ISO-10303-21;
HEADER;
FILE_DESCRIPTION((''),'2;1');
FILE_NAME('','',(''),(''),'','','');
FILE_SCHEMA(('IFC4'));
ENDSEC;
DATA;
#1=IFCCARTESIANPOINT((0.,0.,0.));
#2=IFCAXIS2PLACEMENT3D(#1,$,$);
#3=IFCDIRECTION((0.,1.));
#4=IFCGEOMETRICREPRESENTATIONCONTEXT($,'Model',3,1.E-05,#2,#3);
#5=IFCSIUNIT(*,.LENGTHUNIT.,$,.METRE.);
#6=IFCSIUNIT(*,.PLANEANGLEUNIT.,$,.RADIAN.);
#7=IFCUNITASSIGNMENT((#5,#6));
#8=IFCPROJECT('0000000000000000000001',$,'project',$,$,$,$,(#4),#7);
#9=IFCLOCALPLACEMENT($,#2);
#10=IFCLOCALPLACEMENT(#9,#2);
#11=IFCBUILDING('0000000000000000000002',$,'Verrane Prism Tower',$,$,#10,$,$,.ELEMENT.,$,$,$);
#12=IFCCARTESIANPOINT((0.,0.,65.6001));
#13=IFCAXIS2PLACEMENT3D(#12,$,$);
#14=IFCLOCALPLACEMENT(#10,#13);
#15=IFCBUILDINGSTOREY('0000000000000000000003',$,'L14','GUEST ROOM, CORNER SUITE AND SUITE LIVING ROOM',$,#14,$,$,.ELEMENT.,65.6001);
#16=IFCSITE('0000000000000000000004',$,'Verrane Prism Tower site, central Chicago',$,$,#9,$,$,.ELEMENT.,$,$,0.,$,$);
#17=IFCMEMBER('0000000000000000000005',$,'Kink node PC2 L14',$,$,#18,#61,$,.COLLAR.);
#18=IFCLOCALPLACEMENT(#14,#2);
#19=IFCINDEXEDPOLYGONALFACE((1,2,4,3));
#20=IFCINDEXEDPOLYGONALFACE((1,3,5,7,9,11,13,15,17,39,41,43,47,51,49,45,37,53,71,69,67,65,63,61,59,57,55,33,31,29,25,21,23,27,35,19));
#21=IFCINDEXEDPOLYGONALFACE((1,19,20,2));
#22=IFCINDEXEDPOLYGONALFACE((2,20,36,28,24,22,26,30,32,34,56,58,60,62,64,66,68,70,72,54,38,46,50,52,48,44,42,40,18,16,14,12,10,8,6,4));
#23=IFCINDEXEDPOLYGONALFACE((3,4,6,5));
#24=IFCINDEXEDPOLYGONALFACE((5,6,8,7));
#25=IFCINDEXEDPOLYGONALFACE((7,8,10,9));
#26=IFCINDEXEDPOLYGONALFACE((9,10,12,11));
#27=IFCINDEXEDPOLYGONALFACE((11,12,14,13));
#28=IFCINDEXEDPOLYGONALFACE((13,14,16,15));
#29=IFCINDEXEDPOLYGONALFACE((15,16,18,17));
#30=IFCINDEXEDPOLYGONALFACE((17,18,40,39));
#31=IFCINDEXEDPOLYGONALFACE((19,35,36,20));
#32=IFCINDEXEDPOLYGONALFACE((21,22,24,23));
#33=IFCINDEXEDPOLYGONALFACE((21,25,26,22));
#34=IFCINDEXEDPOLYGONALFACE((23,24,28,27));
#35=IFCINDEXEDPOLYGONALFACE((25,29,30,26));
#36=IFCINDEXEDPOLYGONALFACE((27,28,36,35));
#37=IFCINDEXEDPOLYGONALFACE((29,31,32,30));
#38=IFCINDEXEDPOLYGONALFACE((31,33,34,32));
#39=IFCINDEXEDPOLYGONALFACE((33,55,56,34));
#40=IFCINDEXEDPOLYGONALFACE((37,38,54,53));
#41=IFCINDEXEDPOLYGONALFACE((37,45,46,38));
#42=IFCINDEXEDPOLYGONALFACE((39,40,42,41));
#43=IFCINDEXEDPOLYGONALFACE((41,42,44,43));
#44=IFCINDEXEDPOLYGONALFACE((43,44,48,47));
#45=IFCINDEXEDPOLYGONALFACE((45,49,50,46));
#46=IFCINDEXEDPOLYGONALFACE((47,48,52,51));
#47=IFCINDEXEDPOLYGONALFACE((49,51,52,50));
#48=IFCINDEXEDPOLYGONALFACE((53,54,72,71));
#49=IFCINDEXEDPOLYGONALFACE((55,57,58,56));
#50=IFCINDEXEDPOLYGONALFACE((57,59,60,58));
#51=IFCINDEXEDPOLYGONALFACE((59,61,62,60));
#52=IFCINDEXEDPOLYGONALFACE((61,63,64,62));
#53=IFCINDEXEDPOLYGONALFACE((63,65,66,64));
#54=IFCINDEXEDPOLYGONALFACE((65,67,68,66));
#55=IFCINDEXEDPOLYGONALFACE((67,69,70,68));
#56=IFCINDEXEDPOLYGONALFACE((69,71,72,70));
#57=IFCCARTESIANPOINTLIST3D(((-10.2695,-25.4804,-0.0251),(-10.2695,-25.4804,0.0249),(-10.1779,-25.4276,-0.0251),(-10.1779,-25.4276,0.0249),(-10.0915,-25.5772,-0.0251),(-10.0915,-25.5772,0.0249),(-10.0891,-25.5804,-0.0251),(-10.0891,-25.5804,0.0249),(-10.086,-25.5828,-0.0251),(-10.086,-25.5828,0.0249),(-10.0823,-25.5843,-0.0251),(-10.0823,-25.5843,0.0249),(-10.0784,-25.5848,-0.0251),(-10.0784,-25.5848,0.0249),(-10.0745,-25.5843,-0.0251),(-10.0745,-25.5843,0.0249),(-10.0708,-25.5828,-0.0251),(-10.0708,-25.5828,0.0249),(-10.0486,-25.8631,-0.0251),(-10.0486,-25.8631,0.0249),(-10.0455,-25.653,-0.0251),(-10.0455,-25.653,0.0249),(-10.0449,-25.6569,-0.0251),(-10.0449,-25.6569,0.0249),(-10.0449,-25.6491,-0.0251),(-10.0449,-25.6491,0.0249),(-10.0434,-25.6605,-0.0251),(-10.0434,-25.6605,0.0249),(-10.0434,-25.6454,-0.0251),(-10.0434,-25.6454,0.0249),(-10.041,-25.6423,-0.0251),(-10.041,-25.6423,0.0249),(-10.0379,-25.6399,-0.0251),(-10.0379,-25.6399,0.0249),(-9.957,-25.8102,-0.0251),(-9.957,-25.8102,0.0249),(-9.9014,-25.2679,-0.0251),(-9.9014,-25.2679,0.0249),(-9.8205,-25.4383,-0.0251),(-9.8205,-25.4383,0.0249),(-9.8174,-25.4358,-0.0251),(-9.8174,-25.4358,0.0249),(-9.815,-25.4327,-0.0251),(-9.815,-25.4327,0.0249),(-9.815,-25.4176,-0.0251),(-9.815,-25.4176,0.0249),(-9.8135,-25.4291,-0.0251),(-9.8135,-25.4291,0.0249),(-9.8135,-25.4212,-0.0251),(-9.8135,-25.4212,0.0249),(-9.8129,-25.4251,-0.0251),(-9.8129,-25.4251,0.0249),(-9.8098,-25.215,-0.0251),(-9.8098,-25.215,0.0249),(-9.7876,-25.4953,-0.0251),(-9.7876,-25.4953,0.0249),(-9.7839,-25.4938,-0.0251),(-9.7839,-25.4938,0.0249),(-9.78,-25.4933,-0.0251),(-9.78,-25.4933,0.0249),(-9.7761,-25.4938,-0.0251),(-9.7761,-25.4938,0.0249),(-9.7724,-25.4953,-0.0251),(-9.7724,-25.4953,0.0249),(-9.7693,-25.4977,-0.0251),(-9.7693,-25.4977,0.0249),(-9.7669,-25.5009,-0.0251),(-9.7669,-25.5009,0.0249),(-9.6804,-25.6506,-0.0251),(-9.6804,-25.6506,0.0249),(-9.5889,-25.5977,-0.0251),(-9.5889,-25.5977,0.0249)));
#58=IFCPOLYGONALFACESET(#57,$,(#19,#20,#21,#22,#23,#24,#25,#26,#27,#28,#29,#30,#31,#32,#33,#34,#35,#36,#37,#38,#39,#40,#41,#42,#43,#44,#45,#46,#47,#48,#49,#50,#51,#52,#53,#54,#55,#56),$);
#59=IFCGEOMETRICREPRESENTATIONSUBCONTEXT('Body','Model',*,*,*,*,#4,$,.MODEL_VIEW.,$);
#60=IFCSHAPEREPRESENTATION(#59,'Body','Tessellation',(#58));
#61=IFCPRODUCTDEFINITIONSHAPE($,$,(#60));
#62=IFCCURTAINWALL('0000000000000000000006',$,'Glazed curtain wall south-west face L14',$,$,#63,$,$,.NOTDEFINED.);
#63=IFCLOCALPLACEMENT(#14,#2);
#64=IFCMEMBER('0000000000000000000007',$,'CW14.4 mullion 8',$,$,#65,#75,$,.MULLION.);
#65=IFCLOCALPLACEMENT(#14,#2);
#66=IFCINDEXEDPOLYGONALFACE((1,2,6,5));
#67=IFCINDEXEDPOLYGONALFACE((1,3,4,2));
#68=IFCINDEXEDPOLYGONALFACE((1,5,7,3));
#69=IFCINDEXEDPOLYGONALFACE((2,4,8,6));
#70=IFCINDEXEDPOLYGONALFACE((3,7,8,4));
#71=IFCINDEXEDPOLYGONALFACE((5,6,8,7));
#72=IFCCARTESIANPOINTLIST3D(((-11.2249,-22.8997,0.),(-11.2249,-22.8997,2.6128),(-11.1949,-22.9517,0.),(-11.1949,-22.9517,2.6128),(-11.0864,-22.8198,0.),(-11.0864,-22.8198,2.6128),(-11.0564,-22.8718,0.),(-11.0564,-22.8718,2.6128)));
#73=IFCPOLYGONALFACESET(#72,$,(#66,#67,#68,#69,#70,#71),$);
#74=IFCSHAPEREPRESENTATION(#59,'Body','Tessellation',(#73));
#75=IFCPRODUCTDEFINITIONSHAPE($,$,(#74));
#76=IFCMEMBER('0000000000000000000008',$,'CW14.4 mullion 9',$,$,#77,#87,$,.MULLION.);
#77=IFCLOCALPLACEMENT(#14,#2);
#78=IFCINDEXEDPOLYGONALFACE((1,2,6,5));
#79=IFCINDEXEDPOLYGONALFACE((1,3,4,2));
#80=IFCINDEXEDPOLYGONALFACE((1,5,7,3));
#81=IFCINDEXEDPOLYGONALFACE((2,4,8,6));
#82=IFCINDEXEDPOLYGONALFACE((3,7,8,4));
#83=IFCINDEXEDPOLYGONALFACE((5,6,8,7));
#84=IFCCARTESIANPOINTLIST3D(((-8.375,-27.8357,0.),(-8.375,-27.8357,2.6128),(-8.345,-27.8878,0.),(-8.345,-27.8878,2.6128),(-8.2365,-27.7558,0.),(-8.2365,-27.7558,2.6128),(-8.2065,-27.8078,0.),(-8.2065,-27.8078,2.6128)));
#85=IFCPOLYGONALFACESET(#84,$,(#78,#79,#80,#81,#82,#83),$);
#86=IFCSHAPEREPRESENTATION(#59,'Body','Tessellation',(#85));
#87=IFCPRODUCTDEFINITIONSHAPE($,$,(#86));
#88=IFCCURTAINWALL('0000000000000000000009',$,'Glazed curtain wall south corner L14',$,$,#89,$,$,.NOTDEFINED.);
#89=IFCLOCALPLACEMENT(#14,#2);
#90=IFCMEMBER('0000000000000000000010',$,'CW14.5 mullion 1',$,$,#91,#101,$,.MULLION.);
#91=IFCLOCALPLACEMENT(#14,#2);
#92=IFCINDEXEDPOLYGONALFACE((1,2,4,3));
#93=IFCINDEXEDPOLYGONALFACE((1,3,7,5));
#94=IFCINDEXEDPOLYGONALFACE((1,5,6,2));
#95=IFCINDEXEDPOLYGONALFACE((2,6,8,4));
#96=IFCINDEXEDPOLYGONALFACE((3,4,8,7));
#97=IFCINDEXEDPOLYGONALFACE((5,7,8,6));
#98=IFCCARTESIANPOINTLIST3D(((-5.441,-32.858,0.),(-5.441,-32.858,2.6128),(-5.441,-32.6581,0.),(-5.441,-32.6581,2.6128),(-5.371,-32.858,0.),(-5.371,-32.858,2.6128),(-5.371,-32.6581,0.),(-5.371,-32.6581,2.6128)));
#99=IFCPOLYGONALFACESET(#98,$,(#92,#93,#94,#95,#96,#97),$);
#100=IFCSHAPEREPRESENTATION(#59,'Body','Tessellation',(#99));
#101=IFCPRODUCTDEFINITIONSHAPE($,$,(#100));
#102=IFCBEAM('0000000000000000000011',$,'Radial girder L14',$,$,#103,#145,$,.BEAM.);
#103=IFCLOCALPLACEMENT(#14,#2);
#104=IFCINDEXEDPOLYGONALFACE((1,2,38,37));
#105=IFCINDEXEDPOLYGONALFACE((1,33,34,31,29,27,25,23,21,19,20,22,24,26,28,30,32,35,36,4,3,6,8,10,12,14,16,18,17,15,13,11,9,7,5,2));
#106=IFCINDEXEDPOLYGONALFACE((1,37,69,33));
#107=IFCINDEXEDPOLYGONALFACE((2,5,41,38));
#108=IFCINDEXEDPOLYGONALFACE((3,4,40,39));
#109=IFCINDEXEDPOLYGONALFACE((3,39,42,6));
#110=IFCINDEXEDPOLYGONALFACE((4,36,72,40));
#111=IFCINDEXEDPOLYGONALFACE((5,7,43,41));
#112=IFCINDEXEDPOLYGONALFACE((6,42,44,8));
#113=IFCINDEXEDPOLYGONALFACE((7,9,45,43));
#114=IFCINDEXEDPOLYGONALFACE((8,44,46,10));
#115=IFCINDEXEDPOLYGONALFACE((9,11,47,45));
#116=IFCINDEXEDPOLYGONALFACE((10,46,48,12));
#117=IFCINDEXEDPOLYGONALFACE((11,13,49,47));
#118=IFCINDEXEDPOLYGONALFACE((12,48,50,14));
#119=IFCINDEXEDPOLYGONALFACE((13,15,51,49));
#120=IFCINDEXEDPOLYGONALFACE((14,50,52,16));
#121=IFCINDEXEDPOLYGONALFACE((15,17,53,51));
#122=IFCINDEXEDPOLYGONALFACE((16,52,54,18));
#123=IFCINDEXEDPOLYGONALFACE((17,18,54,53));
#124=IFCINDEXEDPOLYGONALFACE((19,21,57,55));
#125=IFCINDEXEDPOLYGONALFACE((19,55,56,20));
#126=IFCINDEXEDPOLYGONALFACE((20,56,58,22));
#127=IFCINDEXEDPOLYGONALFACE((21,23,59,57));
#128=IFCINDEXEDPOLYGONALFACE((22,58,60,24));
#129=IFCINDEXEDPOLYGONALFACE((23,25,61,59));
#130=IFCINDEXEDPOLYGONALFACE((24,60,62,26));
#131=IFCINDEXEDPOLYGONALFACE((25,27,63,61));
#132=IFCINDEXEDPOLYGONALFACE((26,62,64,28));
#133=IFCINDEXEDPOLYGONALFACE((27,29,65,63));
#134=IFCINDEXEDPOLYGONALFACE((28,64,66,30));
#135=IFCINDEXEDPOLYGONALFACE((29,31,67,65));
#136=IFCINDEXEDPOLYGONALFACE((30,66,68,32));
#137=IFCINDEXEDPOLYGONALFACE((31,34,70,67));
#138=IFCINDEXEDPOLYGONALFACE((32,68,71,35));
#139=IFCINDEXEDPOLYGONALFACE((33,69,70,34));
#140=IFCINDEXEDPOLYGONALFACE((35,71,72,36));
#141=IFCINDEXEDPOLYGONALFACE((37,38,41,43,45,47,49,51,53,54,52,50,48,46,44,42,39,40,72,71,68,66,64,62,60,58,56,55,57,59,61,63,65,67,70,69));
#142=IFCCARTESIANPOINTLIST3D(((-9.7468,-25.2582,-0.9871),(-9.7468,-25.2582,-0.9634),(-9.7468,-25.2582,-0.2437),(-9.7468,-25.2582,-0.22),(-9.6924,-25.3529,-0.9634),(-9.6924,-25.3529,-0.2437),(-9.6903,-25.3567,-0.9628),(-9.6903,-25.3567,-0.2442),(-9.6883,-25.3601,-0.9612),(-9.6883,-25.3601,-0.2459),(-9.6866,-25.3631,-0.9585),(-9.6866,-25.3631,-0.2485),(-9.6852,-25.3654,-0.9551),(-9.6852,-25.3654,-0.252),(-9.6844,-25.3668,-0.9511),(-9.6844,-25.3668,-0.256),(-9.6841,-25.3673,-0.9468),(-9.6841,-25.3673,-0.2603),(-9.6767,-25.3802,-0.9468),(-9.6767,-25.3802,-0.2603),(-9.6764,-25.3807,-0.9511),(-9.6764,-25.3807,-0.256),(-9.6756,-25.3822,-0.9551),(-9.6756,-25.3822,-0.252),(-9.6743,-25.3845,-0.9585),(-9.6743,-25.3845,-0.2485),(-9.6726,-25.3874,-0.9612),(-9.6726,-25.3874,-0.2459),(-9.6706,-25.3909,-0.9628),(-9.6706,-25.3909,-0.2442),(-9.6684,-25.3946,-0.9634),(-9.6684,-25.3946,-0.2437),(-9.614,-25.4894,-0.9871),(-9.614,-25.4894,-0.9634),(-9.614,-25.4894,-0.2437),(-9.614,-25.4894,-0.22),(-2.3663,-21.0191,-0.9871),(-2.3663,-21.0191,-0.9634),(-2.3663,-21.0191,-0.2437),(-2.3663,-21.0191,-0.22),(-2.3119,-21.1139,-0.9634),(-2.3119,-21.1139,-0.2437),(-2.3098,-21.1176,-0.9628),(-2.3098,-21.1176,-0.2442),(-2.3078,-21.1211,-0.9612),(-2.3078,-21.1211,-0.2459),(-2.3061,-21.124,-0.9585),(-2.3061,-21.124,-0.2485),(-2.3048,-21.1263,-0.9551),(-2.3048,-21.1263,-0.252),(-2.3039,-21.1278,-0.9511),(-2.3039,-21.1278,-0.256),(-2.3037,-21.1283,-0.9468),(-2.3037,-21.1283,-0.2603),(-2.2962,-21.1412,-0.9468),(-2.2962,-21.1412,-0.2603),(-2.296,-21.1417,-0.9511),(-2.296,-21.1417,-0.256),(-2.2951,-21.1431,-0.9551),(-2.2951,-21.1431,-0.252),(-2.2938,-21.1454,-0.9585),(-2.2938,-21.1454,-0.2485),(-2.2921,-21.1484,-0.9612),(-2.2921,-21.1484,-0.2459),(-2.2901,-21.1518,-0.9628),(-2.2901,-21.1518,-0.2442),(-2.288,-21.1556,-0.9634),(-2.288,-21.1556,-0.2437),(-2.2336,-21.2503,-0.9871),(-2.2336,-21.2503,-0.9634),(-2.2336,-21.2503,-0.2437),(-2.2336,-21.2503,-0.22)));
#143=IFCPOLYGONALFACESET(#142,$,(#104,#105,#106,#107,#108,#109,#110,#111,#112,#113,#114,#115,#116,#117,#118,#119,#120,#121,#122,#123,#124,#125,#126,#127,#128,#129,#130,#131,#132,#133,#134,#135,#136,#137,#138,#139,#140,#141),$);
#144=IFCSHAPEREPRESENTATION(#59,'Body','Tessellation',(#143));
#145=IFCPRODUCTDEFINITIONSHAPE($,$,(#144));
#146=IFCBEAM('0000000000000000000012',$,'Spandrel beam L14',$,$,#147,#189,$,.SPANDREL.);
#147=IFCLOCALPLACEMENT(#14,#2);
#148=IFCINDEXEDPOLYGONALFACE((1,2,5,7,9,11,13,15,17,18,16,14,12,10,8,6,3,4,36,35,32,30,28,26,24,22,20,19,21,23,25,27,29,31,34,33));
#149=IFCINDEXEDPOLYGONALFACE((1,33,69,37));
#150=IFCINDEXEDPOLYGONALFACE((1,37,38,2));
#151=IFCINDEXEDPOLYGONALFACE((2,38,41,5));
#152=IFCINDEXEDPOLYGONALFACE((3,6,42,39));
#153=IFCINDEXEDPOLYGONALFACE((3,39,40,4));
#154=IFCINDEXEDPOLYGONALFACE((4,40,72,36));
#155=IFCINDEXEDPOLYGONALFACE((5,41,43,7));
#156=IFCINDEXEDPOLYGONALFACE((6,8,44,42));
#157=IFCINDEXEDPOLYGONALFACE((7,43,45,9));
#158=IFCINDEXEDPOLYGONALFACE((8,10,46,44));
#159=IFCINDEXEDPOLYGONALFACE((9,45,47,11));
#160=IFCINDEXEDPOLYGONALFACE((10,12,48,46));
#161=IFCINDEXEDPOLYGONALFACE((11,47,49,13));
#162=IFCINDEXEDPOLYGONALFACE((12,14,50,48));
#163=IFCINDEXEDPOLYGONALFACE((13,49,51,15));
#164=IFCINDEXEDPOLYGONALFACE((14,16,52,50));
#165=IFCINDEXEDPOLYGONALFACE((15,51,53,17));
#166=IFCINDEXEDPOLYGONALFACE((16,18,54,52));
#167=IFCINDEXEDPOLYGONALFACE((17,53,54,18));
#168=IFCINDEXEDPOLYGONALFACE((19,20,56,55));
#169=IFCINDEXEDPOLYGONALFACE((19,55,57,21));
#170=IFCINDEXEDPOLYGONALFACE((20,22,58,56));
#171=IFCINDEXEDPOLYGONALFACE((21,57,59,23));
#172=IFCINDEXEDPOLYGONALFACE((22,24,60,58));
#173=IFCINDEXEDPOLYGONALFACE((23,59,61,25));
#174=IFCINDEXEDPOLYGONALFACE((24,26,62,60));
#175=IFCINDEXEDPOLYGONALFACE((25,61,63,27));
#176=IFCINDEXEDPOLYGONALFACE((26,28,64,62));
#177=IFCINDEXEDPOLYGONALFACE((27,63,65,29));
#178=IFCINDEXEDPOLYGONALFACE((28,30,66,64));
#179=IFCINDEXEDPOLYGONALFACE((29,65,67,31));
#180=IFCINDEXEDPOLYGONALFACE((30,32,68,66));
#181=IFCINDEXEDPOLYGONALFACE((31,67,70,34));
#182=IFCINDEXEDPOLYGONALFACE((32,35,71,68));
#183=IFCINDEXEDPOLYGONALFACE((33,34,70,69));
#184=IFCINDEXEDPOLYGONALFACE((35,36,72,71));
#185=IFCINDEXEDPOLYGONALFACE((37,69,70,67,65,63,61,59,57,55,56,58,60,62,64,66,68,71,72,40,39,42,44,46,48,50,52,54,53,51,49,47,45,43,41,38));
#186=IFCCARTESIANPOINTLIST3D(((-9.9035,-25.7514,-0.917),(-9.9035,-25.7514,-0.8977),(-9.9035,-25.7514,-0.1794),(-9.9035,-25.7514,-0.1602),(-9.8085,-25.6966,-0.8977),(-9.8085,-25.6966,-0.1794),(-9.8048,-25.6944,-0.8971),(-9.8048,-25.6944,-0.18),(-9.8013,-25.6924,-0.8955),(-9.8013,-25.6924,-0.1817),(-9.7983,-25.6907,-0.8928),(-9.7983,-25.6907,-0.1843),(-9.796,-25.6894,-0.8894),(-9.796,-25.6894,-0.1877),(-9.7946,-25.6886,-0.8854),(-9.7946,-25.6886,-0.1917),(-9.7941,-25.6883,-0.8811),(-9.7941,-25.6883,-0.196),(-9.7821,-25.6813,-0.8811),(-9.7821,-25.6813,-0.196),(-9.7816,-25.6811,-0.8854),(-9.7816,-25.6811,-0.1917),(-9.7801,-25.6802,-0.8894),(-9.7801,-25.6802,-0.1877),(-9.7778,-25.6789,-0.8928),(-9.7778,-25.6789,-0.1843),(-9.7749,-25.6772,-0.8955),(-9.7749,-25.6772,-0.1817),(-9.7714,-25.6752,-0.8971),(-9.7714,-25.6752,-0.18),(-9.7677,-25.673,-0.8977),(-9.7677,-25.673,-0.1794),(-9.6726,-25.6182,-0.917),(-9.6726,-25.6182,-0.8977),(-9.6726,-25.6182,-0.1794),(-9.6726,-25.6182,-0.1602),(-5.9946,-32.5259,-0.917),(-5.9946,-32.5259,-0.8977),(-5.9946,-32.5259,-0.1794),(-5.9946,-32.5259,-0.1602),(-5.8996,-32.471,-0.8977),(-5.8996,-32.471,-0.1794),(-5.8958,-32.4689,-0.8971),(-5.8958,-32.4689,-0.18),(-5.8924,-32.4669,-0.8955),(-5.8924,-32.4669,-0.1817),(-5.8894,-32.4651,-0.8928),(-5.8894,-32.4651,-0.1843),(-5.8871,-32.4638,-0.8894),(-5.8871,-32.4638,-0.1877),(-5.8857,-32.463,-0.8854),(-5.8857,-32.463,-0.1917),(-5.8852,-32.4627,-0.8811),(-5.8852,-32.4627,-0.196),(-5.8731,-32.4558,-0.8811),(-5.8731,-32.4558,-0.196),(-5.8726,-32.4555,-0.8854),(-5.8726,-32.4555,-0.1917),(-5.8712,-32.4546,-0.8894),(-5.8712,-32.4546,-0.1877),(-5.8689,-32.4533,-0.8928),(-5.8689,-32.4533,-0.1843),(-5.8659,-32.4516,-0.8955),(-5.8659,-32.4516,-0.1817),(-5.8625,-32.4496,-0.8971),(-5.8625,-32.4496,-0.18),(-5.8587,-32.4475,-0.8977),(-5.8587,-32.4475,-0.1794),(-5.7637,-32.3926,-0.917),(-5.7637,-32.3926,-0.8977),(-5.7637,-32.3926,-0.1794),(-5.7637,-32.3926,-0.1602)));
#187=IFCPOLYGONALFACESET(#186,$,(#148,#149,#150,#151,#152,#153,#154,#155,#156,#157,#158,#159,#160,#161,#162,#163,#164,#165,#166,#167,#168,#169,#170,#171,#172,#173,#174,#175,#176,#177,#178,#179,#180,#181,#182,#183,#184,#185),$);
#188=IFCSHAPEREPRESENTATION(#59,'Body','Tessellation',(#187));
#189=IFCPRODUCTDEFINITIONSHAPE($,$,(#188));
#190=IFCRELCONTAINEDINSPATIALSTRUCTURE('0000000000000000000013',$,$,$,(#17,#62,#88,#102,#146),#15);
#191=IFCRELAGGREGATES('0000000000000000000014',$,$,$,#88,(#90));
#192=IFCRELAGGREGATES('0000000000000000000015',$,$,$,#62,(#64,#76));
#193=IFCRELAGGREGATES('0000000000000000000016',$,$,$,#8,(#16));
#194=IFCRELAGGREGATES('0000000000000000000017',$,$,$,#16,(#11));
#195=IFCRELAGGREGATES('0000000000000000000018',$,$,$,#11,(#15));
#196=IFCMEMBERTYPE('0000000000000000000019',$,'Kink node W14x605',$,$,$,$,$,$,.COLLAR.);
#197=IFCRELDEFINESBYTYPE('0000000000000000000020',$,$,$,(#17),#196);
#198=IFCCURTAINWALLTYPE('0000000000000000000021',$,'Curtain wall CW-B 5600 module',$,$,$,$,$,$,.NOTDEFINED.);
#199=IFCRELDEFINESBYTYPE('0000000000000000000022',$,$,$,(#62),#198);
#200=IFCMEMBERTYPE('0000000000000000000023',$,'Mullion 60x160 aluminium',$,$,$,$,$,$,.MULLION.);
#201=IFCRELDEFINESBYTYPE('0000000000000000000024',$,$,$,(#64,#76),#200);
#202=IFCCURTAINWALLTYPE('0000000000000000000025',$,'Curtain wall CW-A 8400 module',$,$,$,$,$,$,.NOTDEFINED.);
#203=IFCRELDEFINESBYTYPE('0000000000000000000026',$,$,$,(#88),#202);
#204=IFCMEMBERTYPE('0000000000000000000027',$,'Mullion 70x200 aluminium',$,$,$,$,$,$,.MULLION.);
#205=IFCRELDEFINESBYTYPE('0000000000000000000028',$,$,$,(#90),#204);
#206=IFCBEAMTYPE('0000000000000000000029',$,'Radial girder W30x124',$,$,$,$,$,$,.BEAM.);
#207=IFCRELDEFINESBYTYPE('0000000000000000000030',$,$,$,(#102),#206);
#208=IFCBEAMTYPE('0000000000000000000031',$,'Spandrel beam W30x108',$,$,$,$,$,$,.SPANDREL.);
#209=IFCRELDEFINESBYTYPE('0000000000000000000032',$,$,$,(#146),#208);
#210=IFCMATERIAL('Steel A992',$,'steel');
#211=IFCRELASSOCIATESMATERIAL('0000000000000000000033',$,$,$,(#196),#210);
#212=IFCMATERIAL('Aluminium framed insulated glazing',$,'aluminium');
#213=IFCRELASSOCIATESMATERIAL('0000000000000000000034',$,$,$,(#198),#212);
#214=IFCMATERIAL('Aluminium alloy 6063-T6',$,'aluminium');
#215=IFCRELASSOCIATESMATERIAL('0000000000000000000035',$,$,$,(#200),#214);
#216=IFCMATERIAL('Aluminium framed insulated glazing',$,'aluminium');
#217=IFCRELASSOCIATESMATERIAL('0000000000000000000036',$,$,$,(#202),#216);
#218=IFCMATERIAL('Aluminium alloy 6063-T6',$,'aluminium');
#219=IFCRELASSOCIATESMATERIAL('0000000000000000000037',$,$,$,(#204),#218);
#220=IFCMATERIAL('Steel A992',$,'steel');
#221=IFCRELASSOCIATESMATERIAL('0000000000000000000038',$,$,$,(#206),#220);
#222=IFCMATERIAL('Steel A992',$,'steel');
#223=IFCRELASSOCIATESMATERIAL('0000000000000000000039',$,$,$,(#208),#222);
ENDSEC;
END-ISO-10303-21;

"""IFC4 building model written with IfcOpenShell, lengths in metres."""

from ifc_helpers import new_model, si_unit, direction, frame, origin, origin_2d, place, context, subcontext, project, spatial, rectangle, i_section, extrude, material, material_profile, profile_set, type_object, element, aggregate, save


model = new_model("IFC4")

# Units and contexts
model_context = context("Model", 3, precision=1e-05, world=origin(), true_north=direction((0.0, 1.0)))
body_context = subcontext(model_context, "Body", "Model", "MODEL_VIEW")
ifc_project = project(units=[si_unit("LENGTHUNIT", "METRE"), si_unit("PLANEANGLEUNIT", "RADIAN")], contexts=[model_context])

# Site, building, storey
site_placement = place(None, origin())
site = spatial("IfcSite", under=ifc_project, at=site_placement, Name="Verrane Prism Tower site, central Chicago", CompositionType="ELEMENT", RefElevation=0.0)
building_placement = place(site_placement, origin())
building = spatial("IfcBuilding", under=site, at=building_placement, Name="Verrane Prism Tower", CompositionType="ELEMENT")
storey_placement = place(building_placement, frame((0.0, 0.0, 65.6001)))
storey = spatial("IfcBuildingStorey", under=building, at=storey_placement, Name="L14", Description="GUEST ROOM, CORNER SUITE AND SUITE LIVING ROOM", CompositionType="ELEMENT", Elevation=65.6001)

# Member
ifc_material_1 = material(Name="Steel A992", Category="steel")
ifc_material_profile_1 = material_profile(ifc_material_1, i_section(OverallWidth=0.4419, OverallDepth=0.5308, WebThickness=0.0659, FlangeThickness=0.1057, FilletRadius=0.0151, at=origin_2d()), Name="W14x605")
ifc_profile_set_1 = profile_set([ifc_material_profile_1], Name="Steel A992")
member_type_1 = type_object("IfcMemberType", Name="Kink node W14x605", PredefinedType="COLLAR", material=ifc_profile_set_1)
member_1_placement = place(storey_placement, frame((-9.9292, -25.5391, -0.0251), z_axis=(0.0, 0.0, 1.0), x_axis=(-0.5, 0.866025, 0.0)))
element("IfcMember", 1, at=member_1_placement, inside=storey, type_object=member_type_1, Name="Kink node PC2 L14", PredefinedType="COLLAR", context=body_context, shape_type="SweptSolid", body=[
    extrude(i_section(OverallWidth=0.4419, OverallDepth=0.5308, WebThickness=0.0659, FlangeThickness=0.1057, FilletRadius=0.0151, at=origin_2d()), origin(), (0.0, 0.0, 1.0), 0.05),
])

# Curtain wall, members
ifc_material_2 = material(Name="Aluminium framed insulated glazing", Category="aluminium")
curtain_wall_type_1 = type_object("IfcCurtainWallType", Name="Curtain wall CW-B 5600 module", PredefinedType="NOTDEFINED", material=ifc_material_2)
curtain_wall_1_placement = place(storey_placement, origin())
curtain_wall_1 = element("IfcCurtainWall", 2, at=curtain_wall_1_placement, inside=storey, type_object=curtain_wall_type_1, Name="Glazed curtain wall south-west face L14", PredefinedType="NOTDEFINED")
ifc_material_3 = material(Name="Aluminium alloy 6063-T6", Category="aluminium")
ifc_material_profile_2 = material_profile(ifc_material_3, rectangle(XDim=0.1599, YDim=0.0601, at=origin_2d()), Name="Mullion 60x160 aluminium")
ifc_profile_set_2 = profile_set([ifc_material_profile_2], Name="Aluminium alloy 6063-T6")
member_type_2 = type_object("IfcMemberType", Name="Mullion 60x160 aluminium", PredefinedType="MULLION", material=ifc_profile_set_2)
member_2_placement = place(storey_placement, frame((-11.1406, -22.8857, 0.0), z_axis=(0.0, 0.0, 1.0), x_axis=(0.866025, 0.5, 0.0)))
member_2 = element("IfcMember", 3, at=member_2_placement, type_object=member_type_2, Name="CW14.4 mullion 8", PredefinedType="MULLION", context=body_context, shape_type="SweptSolid", body=[
    extrude(rectangle(XDim=0.1599, YDim=0.0601, at=origin_2d()), origin(), (0.0, 0.0, 1.0), 2.6128),
])
member_3_placement = place(storey_placement, frame((-8.2908, -27.8218, 0.0), z_axis=(0.0, 0.0, 1.0), x_axis=(0.866025, 0.5, 0.0)))
member_3 = element("IfcMember", 4, at=member_3_placement, type_object=member_type_2, Name="CW14.4 mullion 9", PredefinedType="MULLION", context=body_context, shape_type="SweptSolid", body=[
    extrude(rectangle(XDim=0.1599, YDim=0.0601, at=origin_2d()), origin(), (0.0, 0.0, 1.0), 2.6128),
])

# Curtain wall, member
ifc_material_4 = material(Name="Aluminium framed insulated glazing", Category="aluminium")
curtain_wall_type_2 = type_object("IfcCurtainWallType", Name="Curtain wall CW-A 8400 module", PredefinedType="NOTDEFINED", material=ifc_material_4)
curtain_wall_2_placement = place(storey_placement, origin())
curtain_wall_2 = element("IfcCurtainWall", 5, at=curtain_wall_2_placement, inside=storey, type_object=curtain_wall_type_2, Name="Glazed curtain wall south corner L14", PredefinedType="NOTDEFINED")
ifc_material_5 = material(Name="Aluminium alloy 6063-T6", Category="aluminium")
ifc_material_profile_3 = material_profile(ifc_material_5, rectangle(XDim=0.2, YDim=0.0701, at=origin_2d()), Name="Mullion 70x200 aluminium")
ifc_profile_set_3 = profile_set([ifc_material_profile_3], Name="Aluminium alloy 6063-T6")
member_type_3 = type_object("IfcMemberType", Name="Mullion 70x200 aluminium", PredefinedType="MULLION", material=ifc_profile_set_3)
member_4_placement = place(storey_placement, frame((-5.406, -32.7581, 0.0), z_axis=(0.0, 0.0, 1.0), x_axis=(0.0, 1.0, 0.0)))
member_4 = element("IfcMember", 6, at=member_4_placement, type_object=member_type_3, Name="CW14.5 mullion 1", PredefinedType="MULLION", context=body_context, shape_type="SweptSolid", body=[
    extrude(rectangle(XDim=0.2, YDim=0.0701, at=origin_2d()), origin(), (0.0, 0.0, 1.0), 2.6128),
])

# Beams
ifc_material_6 = material(Name="Steel A992", Category="steel")
ifc_material_profile_4 = material_profile(ifc_material_6, i_section(OverallWidth=0.2666, OverallDepth=0.7671, WebThickness=0.0149, FlangeThickness=0.0237, FilletRadius=0.0166, at=origin_2d()), Name="W30x124")
ifc_profile_set_4 = profile_set([ifc_material_profile_4], Name="Steel A992")
beam_type_1 = type_object("IfcBeamType", Name="Radial girder W30x124", PredefinedType="BEAM", material=ifc_profile_set_4)
beam_1_placement = place(storey_placement, frame((-9.6804, -25.3738, -0.6035), z_axis=(0.867145, 0.498056, 0.0), x_axis=(-0.498056, 0.867145, 0.0)))
element("IfcBeam", 7, at=beam_1_placement, inside=storey, type_object=beam_type_1, Name="Radial girder L14", PredefinedType="BEAM", context=body_context, shape_type="SweptSolid", body=[
    extrude(i_section(OverallWidth=0.2666, OverallDepth=0.7671, WebThickness=0.0149, FlangeThickness=0.0237, FilletRadius=0.0166, at=origin_2d()), origin(), (0.0, 0.0, 1.0), 8.5112),
])
ifc_material_7 = material(Name="Steel A992", Category="steel")
ifc_material_profile_5 = material_profile(ifc_material_7, i_section(OverallWidth=0.2666, OverallDepth=0.7568, WebThickness=0.0139, FlangeThickness=0.0193, FilletRadius=0.0166, at=origin_2d()), Name="W30x108")
ifc_profile_set_5 = profile_set([ifc_material_profile_5], Name="Steel A992")
beam_type_2 = type_object("IfcBeamType", Name="Spandrel beam W30x108", PredefinedType="SPANDREL", material=ifc_profile_set_5)
beam_2_placement = place(storey_placement, frame((-9.7881, -25.6848, -0.5386), z_axis=(0.499782, -0.866151, 0.0), x_axis=(0.866151, 0.499782, 0.0)))
element("IfcBeam", 8, at=beam_2_placement, inside=storey, type_object=beam_type_2, Name="Spandrel beam L14", PredefinedType="SPANDREL", context=body_context, shape_type="SweptSolid", body=[
    extrude(i_section(OverallWidth=0.2666, OverallDepth=0.7568, WebThickness=0.0139, FlangeThickness=0.0193, FilletRadius=0.0166, at=origin_2d()), origin(), (0.0, 0.0, 1.0), 7.8213),
])

aggregate(curtain_wall_2, [member_4])

aggregate(curtain_wall_1, [member_2, member_3])

save(model, "model.ifc")
